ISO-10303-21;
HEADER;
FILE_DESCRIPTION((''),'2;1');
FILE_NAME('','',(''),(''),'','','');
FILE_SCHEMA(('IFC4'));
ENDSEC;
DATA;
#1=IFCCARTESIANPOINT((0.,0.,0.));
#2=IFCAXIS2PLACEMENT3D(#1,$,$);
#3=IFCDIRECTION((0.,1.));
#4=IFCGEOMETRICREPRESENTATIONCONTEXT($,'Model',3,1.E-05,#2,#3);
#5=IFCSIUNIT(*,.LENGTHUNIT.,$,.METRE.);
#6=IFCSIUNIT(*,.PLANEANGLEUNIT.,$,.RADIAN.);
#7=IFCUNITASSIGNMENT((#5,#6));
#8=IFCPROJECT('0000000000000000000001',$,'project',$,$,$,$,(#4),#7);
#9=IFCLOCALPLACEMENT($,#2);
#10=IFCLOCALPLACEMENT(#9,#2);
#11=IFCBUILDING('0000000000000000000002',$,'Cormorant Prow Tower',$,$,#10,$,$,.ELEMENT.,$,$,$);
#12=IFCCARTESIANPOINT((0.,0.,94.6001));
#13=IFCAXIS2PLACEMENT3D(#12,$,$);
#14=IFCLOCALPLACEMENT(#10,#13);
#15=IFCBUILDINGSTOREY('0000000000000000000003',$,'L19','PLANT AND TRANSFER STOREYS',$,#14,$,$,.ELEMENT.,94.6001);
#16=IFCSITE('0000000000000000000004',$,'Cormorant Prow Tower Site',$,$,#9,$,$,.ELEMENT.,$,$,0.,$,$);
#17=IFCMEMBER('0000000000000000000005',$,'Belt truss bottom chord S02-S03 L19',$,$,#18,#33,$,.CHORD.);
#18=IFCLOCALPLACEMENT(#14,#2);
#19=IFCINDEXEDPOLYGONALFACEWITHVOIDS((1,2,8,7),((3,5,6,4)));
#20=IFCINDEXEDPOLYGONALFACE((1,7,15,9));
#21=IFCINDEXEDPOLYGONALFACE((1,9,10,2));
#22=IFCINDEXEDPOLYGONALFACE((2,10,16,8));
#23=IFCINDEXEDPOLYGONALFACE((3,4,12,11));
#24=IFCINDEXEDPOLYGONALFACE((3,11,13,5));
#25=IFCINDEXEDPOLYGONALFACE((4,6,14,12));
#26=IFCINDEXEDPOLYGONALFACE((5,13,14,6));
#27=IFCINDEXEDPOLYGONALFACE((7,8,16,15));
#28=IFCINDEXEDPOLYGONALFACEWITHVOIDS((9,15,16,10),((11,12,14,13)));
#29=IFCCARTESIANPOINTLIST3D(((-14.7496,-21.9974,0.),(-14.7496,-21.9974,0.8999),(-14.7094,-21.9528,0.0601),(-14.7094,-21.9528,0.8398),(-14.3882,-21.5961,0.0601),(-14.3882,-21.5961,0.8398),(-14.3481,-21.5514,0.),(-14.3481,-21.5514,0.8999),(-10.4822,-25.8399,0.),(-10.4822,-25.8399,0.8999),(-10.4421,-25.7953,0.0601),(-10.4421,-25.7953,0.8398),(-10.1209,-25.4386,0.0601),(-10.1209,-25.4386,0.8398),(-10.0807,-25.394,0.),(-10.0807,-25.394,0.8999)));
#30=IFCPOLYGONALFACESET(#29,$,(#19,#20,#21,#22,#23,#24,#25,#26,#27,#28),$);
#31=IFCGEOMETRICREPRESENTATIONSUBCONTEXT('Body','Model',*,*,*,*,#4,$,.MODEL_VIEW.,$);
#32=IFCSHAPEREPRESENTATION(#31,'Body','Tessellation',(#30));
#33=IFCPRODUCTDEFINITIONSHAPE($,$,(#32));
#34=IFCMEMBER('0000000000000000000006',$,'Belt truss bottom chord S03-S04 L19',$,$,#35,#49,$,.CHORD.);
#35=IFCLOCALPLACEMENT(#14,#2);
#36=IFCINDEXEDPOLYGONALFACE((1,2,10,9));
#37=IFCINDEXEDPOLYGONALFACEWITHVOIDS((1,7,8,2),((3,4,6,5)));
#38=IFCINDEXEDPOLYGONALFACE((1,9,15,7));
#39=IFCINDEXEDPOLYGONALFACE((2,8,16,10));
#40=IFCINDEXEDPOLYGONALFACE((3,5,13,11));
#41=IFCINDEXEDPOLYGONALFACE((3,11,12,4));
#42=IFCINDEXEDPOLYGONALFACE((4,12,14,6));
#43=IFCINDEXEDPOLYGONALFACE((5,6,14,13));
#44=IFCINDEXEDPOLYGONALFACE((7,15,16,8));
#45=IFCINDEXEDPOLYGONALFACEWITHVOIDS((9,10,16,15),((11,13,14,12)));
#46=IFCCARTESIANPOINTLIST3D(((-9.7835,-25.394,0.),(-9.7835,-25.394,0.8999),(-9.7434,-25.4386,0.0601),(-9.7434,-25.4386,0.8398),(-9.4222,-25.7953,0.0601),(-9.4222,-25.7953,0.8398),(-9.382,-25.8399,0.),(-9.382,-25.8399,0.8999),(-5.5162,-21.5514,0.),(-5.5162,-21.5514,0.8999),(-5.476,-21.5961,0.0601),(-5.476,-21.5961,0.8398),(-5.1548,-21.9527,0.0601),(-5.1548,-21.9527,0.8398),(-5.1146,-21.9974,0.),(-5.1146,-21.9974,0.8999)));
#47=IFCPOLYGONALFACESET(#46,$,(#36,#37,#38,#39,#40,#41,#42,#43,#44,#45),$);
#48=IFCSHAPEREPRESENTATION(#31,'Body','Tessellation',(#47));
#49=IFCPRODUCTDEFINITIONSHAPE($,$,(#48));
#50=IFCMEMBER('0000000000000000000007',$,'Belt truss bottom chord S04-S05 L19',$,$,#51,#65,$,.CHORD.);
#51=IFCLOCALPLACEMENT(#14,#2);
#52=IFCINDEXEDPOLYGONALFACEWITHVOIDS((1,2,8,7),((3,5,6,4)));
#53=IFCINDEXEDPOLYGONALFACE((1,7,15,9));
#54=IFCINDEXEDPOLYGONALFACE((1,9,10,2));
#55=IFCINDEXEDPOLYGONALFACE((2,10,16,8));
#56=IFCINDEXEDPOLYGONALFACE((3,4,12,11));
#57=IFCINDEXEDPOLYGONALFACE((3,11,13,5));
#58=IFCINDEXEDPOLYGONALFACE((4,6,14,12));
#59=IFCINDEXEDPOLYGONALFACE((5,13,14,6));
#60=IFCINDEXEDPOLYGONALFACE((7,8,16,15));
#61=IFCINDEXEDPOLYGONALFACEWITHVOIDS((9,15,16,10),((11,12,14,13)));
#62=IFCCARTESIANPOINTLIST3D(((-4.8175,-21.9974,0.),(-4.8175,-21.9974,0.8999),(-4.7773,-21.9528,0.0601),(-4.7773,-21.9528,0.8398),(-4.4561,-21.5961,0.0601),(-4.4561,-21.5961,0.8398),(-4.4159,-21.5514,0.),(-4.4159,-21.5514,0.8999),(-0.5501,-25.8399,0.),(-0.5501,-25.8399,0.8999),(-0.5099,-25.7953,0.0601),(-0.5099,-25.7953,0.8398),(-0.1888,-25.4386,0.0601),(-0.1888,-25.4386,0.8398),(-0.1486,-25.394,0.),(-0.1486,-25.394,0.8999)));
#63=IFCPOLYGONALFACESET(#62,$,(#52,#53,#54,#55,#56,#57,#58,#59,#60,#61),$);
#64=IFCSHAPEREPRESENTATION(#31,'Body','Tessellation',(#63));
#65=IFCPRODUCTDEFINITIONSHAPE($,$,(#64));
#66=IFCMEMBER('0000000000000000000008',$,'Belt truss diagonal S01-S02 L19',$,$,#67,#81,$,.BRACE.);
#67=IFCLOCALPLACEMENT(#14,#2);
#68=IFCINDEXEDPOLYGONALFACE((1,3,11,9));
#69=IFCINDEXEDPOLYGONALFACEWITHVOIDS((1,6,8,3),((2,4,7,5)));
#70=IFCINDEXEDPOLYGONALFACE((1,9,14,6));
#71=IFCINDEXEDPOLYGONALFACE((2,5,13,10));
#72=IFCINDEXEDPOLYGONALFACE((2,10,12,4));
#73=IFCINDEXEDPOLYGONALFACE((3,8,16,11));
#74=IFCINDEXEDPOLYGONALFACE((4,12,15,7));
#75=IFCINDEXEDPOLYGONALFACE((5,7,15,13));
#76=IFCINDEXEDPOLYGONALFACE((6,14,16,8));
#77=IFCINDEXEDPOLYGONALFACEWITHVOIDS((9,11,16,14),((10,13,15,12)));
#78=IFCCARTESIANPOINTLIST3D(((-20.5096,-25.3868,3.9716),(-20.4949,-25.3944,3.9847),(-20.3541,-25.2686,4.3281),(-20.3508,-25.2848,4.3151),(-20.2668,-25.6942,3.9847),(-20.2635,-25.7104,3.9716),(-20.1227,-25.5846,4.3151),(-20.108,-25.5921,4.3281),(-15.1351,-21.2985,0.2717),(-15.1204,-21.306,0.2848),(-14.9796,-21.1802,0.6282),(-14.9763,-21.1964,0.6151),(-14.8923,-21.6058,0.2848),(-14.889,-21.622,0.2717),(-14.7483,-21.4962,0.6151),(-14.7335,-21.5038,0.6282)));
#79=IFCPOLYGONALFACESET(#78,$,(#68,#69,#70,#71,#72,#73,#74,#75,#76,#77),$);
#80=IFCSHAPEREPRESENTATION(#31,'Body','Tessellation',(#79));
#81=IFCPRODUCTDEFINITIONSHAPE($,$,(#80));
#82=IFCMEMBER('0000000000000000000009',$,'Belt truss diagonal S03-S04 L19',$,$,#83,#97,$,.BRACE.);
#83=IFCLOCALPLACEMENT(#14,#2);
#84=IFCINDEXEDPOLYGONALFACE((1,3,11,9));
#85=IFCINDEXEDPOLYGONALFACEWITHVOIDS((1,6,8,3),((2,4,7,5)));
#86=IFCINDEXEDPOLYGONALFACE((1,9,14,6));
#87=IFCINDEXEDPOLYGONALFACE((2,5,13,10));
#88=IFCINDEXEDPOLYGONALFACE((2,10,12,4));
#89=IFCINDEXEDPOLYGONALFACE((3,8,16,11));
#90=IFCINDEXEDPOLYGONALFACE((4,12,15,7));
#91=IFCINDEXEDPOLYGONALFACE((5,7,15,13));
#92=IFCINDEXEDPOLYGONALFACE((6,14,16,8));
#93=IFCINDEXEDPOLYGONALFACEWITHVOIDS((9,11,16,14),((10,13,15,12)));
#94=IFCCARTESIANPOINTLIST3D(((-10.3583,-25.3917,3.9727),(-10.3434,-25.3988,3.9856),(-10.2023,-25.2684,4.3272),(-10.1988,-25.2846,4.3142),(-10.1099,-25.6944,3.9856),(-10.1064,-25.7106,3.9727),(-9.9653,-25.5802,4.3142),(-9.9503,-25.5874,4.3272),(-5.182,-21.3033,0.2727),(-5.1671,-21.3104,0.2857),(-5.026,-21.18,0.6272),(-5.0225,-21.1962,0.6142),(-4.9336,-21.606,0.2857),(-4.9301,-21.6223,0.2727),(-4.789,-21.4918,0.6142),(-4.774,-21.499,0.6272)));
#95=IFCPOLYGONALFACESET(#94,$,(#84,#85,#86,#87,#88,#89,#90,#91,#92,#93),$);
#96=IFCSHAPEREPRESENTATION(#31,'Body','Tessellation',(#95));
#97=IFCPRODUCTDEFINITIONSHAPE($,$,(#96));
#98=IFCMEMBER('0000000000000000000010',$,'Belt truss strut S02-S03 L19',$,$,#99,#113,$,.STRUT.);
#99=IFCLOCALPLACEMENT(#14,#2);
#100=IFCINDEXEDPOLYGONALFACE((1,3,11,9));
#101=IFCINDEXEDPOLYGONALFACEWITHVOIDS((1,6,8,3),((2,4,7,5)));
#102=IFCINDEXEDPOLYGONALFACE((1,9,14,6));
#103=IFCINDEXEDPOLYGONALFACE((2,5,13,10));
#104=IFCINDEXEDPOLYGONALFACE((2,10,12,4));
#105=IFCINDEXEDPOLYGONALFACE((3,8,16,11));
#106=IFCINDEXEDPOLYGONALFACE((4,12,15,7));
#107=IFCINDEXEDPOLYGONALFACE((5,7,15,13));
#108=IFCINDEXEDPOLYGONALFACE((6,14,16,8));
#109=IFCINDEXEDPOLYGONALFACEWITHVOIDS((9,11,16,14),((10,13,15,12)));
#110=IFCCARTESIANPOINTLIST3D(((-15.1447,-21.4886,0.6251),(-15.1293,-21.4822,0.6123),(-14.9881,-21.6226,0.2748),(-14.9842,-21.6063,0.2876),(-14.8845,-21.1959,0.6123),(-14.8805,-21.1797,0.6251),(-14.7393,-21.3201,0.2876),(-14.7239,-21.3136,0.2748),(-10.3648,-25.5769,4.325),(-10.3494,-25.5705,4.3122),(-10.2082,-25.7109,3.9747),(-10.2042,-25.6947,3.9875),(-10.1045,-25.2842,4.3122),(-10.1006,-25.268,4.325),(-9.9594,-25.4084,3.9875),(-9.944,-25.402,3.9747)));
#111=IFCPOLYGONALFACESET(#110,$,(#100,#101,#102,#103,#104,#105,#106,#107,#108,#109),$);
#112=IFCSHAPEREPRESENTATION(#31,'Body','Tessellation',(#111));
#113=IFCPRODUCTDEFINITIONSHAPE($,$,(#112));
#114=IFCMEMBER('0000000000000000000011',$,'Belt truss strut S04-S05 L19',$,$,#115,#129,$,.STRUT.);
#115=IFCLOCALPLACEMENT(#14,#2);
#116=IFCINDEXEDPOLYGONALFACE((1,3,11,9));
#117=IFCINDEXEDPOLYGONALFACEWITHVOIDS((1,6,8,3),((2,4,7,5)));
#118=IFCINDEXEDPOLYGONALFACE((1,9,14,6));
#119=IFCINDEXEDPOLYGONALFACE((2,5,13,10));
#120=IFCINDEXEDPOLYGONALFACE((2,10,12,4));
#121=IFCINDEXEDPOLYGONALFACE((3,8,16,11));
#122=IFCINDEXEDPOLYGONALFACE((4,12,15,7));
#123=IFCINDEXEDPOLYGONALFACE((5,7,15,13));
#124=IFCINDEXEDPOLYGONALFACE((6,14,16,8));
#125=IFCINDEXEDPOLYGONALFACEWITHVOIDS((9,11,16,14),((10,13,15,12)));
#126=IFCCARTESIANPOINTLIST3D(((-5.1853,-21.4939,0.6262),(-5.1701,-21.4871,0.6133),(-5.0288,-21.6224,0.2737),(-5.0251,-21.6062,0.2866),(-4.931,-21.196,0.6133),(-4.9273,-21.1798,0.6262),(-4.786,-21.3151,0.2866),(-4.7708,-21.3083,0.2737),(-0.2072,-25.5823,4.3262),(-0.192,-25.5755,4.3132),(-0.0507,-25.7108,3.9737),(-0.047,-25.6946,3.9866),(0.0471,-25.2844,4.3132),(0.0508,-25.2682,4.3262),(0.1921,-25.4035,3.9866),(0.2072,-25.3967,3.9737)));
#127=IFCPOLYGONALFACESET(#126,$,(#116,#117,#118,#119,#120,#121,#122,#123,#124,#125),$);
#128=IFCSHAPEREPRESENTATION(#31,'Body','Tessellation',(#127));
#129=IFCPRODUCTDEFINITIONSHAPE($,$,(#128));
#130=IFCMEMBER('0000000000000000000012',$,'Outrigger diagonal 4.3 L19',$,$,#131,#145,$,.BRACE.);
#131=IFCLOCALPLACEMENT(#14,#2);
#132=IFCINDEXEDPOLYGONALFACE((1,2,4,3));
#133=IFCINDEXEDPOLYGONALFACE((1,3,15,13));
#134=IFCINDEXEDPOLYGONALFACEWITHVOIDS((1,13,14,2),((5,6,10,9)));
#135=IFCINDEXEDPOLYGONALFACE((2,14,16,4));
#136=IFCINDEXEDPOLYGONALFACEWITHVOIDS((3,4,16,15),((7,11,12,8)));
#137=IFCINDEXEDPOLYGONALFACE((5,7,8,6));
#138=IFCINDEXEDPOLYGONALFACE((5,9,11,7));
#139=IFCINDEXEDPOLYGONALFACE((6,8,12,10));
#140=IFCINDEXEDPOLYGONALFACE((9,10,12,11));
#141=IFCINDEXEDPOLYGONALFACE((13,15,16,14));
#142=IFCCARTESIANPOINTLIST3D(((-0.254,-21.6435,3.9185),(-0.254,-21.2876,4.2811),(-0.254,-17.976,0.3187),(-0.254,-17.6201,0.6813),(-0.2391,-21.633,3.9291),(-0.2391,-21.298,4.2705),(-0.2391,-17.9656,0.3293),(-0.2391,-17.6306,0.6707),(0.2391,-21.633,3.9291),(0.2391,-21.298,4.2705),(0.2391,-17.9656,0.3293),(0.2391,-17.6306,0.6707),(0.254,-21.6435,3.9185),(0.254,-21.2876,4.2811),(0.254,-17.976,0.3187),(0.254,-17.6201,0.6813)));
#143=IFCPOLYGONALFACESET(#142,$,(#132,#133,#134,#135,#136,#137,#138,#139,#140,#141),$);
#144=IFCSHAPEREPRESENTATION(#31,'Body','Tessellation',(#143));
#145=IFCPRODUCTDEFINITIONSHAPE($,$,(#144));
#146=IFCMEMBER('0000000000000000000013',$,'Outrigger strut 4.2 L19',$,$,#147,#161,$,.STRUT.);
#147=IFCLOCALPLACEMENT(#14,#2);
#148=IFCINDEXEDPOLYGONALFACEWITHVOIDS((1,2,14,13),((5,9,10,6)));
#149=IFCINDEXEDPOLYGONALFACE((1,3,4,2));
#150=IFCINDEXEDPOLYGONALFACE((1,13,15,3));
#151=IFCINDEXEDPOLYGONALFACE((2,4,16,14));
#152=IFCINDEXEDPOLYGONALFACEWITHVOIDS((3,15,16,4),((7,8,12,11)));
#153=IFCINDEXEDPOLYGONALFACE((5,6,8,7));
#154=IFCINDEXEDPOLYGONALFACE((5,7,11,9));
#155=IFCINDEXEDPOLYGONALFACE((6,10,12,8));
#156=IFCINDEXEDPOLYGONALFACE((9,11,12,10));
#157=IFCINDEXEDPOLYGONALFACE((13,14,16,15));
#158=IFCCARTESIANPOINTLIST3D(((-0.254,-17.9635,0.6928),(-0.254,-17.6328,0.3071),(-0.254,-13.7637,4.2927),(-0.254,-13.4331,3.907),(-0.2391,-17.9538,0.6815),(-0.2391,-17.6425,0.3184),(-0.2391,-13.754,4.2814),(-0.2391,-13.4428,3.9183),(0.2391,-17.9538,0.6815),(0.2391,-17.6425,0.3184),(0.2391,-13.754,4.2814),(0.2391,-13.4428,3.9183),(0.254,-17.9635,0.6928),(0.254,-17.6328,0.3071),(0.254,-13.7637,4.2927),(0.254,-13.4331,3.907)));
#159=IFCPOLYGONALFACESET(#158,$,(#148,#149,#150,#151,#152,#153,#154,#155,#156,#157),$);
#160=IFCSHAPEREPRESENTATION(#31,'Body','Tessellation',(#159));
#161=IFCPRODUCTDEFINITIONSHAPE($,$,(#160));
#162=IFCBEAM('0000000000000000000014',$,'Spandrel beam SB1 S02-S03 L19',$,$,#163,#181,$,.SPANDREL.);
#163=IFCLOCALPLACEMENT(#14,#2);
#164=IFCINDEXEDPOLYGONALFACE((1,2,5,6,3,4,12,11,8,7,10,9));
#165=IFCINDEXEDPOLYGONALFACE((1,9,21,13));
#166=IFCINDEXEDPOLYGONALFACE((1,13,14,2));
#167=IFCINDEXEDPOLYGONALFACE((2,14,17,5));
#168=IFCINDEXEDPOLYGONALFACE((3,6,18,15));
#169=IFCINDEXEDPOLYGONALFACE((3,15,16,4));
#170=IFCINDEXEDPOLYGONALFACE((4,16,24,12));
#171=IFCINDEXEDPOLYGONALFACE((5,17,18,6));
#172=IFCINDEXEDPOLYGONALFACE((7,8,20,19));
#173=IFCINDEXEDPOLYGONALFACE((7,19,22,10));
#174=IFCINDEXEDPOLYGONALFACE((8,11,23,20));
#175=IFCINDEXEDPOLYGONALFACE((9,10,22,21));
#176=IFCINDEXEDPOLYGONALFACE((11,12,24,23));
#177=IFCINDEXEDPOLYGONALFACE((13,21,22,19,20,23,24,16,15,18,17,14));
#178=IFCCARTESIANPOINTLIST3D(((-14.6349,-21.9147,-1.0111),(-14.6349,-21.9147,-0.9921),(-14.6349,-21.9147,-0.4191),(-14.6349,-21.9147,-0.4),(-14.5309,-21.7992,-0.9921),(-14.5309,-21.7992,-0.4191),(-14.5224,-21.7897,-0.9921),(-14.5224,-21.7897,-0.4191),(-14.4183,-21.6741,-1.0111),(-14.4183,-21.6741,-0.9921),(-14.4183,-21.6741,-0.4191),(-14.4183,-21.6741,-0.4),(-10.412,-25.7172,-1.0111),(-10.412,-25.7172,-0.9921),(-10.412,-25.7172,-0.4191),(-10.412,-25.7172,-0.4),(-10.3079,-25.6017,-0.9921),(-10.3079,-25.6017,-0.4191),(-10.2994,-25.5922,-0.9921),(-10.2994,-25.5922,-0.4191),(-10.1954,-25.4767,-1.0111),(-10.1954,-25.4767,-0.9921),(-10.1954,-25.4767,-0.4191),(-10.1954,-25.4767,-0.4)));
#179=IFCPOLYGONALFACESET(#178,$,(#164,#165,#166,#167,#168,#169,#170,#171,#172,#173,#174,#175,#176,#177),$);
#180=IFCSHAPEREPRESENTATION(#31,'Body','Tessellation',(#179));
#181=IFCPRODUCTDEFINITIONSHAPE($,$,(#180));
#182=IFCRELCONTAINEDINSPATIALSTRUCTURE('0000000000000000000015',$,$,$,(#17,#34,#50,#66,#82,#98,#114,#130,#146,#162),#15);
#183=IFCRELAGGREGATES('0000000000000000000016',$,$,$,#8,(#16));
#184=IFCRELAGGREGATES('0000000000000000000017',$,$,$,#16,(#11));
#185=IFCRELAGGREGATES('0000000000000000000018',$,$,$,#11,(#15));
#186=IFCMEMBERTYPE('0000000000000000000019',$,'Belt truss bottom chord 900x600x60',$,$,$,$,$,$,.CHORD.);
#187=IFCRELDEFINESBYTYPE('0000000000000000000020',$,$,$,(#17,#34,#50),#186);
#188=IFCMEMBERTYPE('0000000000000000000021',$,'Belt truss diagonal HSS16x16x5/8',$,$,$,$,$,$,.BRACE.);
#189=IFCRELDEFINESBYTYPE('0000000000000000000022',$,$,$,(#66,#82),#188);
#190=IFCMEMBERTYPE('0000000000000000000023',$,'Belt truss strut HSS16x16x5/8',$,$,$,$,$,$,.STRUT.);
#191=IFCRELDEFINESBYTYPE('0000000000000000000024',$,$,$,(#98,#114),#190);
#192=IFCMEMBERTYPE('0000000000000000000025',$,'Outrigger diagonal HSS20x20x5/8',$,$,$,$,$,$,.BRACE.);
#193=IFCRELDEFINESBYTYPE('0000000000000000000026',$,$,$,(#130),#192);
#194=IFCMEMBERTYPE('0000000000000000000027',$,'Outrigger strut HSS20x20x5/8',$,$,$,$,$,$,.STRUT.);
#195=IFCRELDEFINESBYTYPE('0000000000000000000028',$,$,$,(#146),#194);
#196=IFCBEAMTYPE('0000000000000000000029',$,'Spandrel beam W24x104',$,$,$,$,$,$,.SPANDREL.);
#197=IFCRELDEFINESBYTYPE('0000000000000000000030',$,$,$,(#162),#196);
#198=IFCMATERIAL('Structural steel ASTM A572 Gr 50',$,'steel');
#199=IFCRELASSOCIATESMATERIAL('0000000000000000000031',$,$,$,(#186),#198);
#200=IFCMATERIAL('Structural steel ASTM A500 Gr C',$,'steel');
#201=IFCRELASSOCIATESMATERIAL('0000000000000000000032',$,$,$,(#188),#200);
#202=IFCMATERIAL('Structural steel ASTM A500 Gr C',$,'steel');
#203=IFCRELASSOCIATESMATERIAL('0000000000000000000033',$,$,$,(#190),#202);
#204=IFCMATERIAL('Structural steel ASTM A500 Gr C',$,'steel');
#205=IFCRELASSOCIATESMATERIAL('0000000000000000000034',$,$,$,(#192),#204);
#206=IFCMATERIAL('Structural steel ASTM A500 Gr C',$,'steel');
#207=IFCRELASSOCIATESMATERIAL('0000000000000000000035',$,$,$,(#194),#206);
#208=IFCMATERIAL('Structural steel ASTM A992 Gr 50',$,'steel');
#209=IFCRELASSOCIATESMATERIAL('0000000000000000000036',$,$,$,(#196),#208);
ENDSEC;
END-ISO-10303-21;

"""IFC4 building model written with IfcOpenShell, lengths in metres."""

from ifc_helpers import new_model, si_unit, direction, frame, origin, origin_2d, place, context, subcontext, project, spatial, hollow_rectangle, i_section, extrude, material, material_profile, profile_set, type_object, element, save


model = new_model("IFC4")

# Units and contexts
model_context = context("Model", 3, precision=1e-05, world=origin(), true_north=direction((0.0, 1.0)))
body_context = subcontext(model_context, "Body", "Model", "MODEL_VIEW")
ifc_project = project(units=[si_unit("LENGTHUNIT", "METRE"), si_unit("PLANEANGLEUNIT", "RADIAN")], contexts=[model_context])

# Site, building, storey
site_placement = place(None, origin())
site = spatial("IfcSite", under=ifc_project, at=site_placement, Name="Cormorant Prow Tower Site", CompositionType="ELEMENT", RefElevation=0.0)
building_placement = place(site_placement, origin())
building = spatial("IfcBuilding", under=site, at=building_placement, Name="Cormorant Prow Tower", CompositionType="ELEMENT")
storey_placement = place(building_placement, frame((0.0, 0.0, 94.6001)))
storey = spatial("IfcBuildingStorey", under=building, at=storey_placement, Name="L19", Description="PLANT AND TRANSFER STOREYS", CompositionType="ELEMENT", Elevation=94.6001)

# Members
ifc_material_1 = material(Name="Structural steel ASTM A572 Gr 50", Category="steel")
ifc_material_profile_1 = material_profile(ifc_material_1, hollow_rectangle(XDim=0.6001, YDim=0.8999, WallThickness=0.0601, at=origin_2d()), Name="Box 900x600x60")
ifc_profile_set_1 = profile_set([ifc_material_profile_1], Name="Structural steel ASTM A572 Gr 50")
member_type_1 = type_object("IfcMemberType", Name="Belt truss bottom chord 900x600x60", PredefinedType="CHORD", material=ifc_profile_set_1)
for number, where, z_axis, x_axis, name in (
    (1, (-14.5488, -21.7744, 0.45), (0.743127, -0.66915, 0.0), (0.66915, 0.743127, 0.0), "Belt truss bottom chord S02-S03 L19"),
    (2, (-9.5828, -25.6169, 0.45), (0.743127, 0.66915, 0.0), (-0.66915, 0.743127, 0.0), "Belt truss bottom chord S03-S04 L19"),
    (3, (-4.6167, -21.7744, 0.45), (0.743127, -0.66915, 0.0), (0.66915, 0.743127, 0.0), "Belt truss bottom chord S04-S05 L19"),
):
    element("IfcMember", number, at=place(storey_placement, frame(where, z_axis=z_axis, x_axis=x_axis)), inside=storey, type_object=member_type_1, Name=name, PredefinedType="CHORD", context=body_context, shape_type="SweptSolid", body=[
        extrude(hollow_rectangle(XDim=0.6001, YDim=0.8999, WallThickness=0.0601, at=origin_2d()), origin(), (0.0, 0.0, 1.0), 5.7424),
    ])
ifc_material_2 = material(Name="Structural steel ASTM A500 Gr C", Category="steel")
ifc_material_profile_2 = material_profile(ifc_material_2, hollow_rectangle(XDim=0.4065, YDim=0.4065, WallThickness=0.0149, at=origin_2d()), Name="HSS16x16x5/8")
ifc_profile_set_2 = profile_set([ifc_material_profile_2], Name="Structural steel ASTM A500 Gr C")
member_type_2 = type_object("IfcMemberType", Name="Belt truss diagonal HSS16x16x5/8", PredefinedType="BRACE", material=ifc_profile_set_2)
member_1_placement = place(storey_placement, frame((-14.9343, -21.4011, 0.45), z_axis=(-0.697989, -0.530959, 0.480514), x_axis=(0.605435, -0.795895, 0.0)))
element("IfcMember", 4, at=member_1_placement, inside=storey, type_object=member_type_2, Name="Belt truss diagonal S01-S02 L19", PredefinedType="BRACE", context=body_context, shape_type="SweptSolid", body=[
    extrude(hollow_rectangle(XDim=0.4065, YDim=0.4065, WallThickness=0.0149, at=origin_2d()), origin(), (0.0, 0.0, 1.0), 7.7),
])
member_2_placement = place(storey_placement, frame((-4.978, -21.4011, 0.45), z_axis=(-0.684424, -0.54058, 0.48922), x_axis=(0.619817, -0.784746, 0.0)))
element("IfcMember", 5, at=member_2_placement, inside=storey, type_object=member_type_2, Name="Belt truss diagonal S03-S04 L19", PredefinedType="BRACE", context=body_context, shape_type="SweptSolid", body=[
    extrude(hollow_rectangle(XDim=0.4065, YDim=0.4065, WallThickness=0.0149, at=origin_2d()), origin(), (0.0, 0.0, 1.0), 7.563),
])
ifc_material_3 = material(Name="Structural steel ASTM A500 Gr C", Category="steel")
ifc_material_profile_3 = material_profile(ifc_material_3, hollow_rectangle(XDim=0.4065, YDim=0.4065, WallThickness=0.0149, at=origin_2d()), Name="HSS16x16x5/8")
ifc_profile_set_3 = profile_set([ifc_material_profile_3], Name="Structural steel ASTM A500 Gr C")
member_type_3 = type_object("IfcMemberType", Name="Belt truss strut HSS16x16x5/8", PredefinedType="STRUT", material=ifc_profile_set_3)
member_3_placement = place(storey_placement, frame((-14.9343, -21.4011, 0.45), z_axis=(0.655025, -0.560246, 0.507018), x_axis=(0.649985, 0.759947, 0.0)))
element("IfcMember", 6, at=member_3_placement, inside=storey, type_object=member_type_3, Name="Belt truss strut S02-S03 L19", PredefinedType="STRUT", context=body_context, shape_type="SweptSolid", body=[
    extrude(hollow_rectangle(XDim=0.4065, YDim=0.4065, WallThickness=0.0149, at=origin_2d()), origin(), (0.0, 0.0, 1.0), 7.2974),
])
member_4_placement = place(storey_placement, frame((-4.978, -21.4011, 0.45), z_axis=(0.67011, -0.550351, 0.498063), x_axis=(0.634673, 0.772781, 0.0)))
element("IfcMember", 7, at=member_4_placement, inside=storey, type_object=member_type_3, Name="Belt truss strut S04-S05 L19", PredefinedType="STRUT", context=body_context, shape_type="SweptSolid", body=[
    extrude(hollow_rectangle(XDim=0.4065, YDim=0.4065, WallThickness=0.0149, at=origin_2d()), origin(), (0.0, 0.0, 1.0), 7.4287),
])
ifc_material_4 = material(Name="Structural steel ASTM A500 Gr C", Category="steel")
ifc_material_profile_4 = material_profile(ifc_material_4, hollow_rectangle(XDim=0.5081, YDim=0.5081, WallThickness=0.0149, at=origin_2d()), Name="HSS20x20x5/8")
ifc_profile_set_4 = profile_set([ifc_material_profile_4], Name="Structural steel ASTM A500 Gr C")
member_type_4 = type_object("IfcMemberType", Name="Outrigger diagonal HSS20x20x5/8", PredefinedType="BRACE", material=ifc_profile_set_4)
member_5_placement = place(storey_placement, frame((0.0, -17.7981, 0.5), z_axis=(0.0, -0.713656, 0.700496), x_axis=(1.0, 0.0, 0.0)))
element("IfcMember", 8, at=member_5_placement, inside=storey, type_object=member_type_4, Name="Outrigger diagonal 4.3 L19", PredefinedType="BRACE", context=body_context, shape_type="SweptSolid", body=[
    extrude(hollow_rectangle(XDim=0.5081, YDim=0.5081, WallThickness=0.0149, at=origin_2d()), origin(), (0.0, 0.0, 1.0), 5.1389),
])
ifc_material_5 = material(Name="Structural steel ASTM A500 Gr C", Category="steel")
ifc_material_profile_5 = material_profile(ifc_material_5, hollow_rectangle(XDim=0.5081, YDim=0.5081, WallThickness=0.0149, at=origin_2d()), Name="HSS20x20x5/8")
ifc_profile_set_5 = profile_set([ifc_material_profile_5], Name="Structural steel ASTM A500 Gr C")
member_type_5 = type_object("IfcMemberType", Name="Outrigger strut HSS20x20x5/8", PredefinedType="STRUT", material=ifc_profile_set_5)
member_6_placement = place(storey_placement, frame((0.0, -13.5984, 4.0999), z_axis=(0.0, -0.759247, -0.650802), x_axis=(1.0, 0.0, 0.0)))
element("IfcMember", 9, at=member_6_placement, inside=storey, type_object=member_type_5, Name="Outrigger strut 4.2 L19", PredefinedType="STRUT", context=body_context, shape_type="SweptSolid", body=[
    extrude(hollow_rectangle(XDim=0.5081, YDim=0.5081, WallThickness=0.0149, at=origin_2d()), origin(), (0.0, 0.0, 1.0), 5.5315),
])

# Beam
ifc_material_6 = material(Name="Structural steel ASTM A992 Gr 50", Category="steel")
ifc_material_profile_6 = material_profile(ifc_material_6, i_section(OverallWidth=0.3237, OverallDepth=0.6111, WebThickness=0.0127, FlangeThickness=0.019, at=origin_2d()), Name="W24x104")
ifc_profile_set_6 = profile_set([ifc_material_profile_6], Name="Structural steel ASTM A992 Gr 50")
beam_type = type_object("IfcBeamType", Name="Spandrel beam W24x104", PredefinedType="SPANDREL", material=ifc_profile_set_6)
for number, where, z_axis, x_axis, name in (
    (10, (-14.5266, -21.7944, -0.7056), (0.74313, -0.669147, 0.0), (0.669147, 0.74313, 0.0), "Spandrel beam SB1 S02-S03 L19"),
):
    element("IfcBeam", number, at=place(storey_placement, frame(where, z_axis=z_axis, x_axis=x_axis)), inside=storey, type_object=beam_type, Name=name, PredefinedType="SPANDREL", context=body_context, shape_type="SweptSolid", body=[
        extrude(i_section(OverallWidth=0.3237, OverallDepth=0.6111, WebThickness=0.0127, FlangeThickness=0.019, at=origin_2d()), origin(), (0.0, 0.0, 1.0), 5.6826),
    ])

save(model, "model.ifc")
